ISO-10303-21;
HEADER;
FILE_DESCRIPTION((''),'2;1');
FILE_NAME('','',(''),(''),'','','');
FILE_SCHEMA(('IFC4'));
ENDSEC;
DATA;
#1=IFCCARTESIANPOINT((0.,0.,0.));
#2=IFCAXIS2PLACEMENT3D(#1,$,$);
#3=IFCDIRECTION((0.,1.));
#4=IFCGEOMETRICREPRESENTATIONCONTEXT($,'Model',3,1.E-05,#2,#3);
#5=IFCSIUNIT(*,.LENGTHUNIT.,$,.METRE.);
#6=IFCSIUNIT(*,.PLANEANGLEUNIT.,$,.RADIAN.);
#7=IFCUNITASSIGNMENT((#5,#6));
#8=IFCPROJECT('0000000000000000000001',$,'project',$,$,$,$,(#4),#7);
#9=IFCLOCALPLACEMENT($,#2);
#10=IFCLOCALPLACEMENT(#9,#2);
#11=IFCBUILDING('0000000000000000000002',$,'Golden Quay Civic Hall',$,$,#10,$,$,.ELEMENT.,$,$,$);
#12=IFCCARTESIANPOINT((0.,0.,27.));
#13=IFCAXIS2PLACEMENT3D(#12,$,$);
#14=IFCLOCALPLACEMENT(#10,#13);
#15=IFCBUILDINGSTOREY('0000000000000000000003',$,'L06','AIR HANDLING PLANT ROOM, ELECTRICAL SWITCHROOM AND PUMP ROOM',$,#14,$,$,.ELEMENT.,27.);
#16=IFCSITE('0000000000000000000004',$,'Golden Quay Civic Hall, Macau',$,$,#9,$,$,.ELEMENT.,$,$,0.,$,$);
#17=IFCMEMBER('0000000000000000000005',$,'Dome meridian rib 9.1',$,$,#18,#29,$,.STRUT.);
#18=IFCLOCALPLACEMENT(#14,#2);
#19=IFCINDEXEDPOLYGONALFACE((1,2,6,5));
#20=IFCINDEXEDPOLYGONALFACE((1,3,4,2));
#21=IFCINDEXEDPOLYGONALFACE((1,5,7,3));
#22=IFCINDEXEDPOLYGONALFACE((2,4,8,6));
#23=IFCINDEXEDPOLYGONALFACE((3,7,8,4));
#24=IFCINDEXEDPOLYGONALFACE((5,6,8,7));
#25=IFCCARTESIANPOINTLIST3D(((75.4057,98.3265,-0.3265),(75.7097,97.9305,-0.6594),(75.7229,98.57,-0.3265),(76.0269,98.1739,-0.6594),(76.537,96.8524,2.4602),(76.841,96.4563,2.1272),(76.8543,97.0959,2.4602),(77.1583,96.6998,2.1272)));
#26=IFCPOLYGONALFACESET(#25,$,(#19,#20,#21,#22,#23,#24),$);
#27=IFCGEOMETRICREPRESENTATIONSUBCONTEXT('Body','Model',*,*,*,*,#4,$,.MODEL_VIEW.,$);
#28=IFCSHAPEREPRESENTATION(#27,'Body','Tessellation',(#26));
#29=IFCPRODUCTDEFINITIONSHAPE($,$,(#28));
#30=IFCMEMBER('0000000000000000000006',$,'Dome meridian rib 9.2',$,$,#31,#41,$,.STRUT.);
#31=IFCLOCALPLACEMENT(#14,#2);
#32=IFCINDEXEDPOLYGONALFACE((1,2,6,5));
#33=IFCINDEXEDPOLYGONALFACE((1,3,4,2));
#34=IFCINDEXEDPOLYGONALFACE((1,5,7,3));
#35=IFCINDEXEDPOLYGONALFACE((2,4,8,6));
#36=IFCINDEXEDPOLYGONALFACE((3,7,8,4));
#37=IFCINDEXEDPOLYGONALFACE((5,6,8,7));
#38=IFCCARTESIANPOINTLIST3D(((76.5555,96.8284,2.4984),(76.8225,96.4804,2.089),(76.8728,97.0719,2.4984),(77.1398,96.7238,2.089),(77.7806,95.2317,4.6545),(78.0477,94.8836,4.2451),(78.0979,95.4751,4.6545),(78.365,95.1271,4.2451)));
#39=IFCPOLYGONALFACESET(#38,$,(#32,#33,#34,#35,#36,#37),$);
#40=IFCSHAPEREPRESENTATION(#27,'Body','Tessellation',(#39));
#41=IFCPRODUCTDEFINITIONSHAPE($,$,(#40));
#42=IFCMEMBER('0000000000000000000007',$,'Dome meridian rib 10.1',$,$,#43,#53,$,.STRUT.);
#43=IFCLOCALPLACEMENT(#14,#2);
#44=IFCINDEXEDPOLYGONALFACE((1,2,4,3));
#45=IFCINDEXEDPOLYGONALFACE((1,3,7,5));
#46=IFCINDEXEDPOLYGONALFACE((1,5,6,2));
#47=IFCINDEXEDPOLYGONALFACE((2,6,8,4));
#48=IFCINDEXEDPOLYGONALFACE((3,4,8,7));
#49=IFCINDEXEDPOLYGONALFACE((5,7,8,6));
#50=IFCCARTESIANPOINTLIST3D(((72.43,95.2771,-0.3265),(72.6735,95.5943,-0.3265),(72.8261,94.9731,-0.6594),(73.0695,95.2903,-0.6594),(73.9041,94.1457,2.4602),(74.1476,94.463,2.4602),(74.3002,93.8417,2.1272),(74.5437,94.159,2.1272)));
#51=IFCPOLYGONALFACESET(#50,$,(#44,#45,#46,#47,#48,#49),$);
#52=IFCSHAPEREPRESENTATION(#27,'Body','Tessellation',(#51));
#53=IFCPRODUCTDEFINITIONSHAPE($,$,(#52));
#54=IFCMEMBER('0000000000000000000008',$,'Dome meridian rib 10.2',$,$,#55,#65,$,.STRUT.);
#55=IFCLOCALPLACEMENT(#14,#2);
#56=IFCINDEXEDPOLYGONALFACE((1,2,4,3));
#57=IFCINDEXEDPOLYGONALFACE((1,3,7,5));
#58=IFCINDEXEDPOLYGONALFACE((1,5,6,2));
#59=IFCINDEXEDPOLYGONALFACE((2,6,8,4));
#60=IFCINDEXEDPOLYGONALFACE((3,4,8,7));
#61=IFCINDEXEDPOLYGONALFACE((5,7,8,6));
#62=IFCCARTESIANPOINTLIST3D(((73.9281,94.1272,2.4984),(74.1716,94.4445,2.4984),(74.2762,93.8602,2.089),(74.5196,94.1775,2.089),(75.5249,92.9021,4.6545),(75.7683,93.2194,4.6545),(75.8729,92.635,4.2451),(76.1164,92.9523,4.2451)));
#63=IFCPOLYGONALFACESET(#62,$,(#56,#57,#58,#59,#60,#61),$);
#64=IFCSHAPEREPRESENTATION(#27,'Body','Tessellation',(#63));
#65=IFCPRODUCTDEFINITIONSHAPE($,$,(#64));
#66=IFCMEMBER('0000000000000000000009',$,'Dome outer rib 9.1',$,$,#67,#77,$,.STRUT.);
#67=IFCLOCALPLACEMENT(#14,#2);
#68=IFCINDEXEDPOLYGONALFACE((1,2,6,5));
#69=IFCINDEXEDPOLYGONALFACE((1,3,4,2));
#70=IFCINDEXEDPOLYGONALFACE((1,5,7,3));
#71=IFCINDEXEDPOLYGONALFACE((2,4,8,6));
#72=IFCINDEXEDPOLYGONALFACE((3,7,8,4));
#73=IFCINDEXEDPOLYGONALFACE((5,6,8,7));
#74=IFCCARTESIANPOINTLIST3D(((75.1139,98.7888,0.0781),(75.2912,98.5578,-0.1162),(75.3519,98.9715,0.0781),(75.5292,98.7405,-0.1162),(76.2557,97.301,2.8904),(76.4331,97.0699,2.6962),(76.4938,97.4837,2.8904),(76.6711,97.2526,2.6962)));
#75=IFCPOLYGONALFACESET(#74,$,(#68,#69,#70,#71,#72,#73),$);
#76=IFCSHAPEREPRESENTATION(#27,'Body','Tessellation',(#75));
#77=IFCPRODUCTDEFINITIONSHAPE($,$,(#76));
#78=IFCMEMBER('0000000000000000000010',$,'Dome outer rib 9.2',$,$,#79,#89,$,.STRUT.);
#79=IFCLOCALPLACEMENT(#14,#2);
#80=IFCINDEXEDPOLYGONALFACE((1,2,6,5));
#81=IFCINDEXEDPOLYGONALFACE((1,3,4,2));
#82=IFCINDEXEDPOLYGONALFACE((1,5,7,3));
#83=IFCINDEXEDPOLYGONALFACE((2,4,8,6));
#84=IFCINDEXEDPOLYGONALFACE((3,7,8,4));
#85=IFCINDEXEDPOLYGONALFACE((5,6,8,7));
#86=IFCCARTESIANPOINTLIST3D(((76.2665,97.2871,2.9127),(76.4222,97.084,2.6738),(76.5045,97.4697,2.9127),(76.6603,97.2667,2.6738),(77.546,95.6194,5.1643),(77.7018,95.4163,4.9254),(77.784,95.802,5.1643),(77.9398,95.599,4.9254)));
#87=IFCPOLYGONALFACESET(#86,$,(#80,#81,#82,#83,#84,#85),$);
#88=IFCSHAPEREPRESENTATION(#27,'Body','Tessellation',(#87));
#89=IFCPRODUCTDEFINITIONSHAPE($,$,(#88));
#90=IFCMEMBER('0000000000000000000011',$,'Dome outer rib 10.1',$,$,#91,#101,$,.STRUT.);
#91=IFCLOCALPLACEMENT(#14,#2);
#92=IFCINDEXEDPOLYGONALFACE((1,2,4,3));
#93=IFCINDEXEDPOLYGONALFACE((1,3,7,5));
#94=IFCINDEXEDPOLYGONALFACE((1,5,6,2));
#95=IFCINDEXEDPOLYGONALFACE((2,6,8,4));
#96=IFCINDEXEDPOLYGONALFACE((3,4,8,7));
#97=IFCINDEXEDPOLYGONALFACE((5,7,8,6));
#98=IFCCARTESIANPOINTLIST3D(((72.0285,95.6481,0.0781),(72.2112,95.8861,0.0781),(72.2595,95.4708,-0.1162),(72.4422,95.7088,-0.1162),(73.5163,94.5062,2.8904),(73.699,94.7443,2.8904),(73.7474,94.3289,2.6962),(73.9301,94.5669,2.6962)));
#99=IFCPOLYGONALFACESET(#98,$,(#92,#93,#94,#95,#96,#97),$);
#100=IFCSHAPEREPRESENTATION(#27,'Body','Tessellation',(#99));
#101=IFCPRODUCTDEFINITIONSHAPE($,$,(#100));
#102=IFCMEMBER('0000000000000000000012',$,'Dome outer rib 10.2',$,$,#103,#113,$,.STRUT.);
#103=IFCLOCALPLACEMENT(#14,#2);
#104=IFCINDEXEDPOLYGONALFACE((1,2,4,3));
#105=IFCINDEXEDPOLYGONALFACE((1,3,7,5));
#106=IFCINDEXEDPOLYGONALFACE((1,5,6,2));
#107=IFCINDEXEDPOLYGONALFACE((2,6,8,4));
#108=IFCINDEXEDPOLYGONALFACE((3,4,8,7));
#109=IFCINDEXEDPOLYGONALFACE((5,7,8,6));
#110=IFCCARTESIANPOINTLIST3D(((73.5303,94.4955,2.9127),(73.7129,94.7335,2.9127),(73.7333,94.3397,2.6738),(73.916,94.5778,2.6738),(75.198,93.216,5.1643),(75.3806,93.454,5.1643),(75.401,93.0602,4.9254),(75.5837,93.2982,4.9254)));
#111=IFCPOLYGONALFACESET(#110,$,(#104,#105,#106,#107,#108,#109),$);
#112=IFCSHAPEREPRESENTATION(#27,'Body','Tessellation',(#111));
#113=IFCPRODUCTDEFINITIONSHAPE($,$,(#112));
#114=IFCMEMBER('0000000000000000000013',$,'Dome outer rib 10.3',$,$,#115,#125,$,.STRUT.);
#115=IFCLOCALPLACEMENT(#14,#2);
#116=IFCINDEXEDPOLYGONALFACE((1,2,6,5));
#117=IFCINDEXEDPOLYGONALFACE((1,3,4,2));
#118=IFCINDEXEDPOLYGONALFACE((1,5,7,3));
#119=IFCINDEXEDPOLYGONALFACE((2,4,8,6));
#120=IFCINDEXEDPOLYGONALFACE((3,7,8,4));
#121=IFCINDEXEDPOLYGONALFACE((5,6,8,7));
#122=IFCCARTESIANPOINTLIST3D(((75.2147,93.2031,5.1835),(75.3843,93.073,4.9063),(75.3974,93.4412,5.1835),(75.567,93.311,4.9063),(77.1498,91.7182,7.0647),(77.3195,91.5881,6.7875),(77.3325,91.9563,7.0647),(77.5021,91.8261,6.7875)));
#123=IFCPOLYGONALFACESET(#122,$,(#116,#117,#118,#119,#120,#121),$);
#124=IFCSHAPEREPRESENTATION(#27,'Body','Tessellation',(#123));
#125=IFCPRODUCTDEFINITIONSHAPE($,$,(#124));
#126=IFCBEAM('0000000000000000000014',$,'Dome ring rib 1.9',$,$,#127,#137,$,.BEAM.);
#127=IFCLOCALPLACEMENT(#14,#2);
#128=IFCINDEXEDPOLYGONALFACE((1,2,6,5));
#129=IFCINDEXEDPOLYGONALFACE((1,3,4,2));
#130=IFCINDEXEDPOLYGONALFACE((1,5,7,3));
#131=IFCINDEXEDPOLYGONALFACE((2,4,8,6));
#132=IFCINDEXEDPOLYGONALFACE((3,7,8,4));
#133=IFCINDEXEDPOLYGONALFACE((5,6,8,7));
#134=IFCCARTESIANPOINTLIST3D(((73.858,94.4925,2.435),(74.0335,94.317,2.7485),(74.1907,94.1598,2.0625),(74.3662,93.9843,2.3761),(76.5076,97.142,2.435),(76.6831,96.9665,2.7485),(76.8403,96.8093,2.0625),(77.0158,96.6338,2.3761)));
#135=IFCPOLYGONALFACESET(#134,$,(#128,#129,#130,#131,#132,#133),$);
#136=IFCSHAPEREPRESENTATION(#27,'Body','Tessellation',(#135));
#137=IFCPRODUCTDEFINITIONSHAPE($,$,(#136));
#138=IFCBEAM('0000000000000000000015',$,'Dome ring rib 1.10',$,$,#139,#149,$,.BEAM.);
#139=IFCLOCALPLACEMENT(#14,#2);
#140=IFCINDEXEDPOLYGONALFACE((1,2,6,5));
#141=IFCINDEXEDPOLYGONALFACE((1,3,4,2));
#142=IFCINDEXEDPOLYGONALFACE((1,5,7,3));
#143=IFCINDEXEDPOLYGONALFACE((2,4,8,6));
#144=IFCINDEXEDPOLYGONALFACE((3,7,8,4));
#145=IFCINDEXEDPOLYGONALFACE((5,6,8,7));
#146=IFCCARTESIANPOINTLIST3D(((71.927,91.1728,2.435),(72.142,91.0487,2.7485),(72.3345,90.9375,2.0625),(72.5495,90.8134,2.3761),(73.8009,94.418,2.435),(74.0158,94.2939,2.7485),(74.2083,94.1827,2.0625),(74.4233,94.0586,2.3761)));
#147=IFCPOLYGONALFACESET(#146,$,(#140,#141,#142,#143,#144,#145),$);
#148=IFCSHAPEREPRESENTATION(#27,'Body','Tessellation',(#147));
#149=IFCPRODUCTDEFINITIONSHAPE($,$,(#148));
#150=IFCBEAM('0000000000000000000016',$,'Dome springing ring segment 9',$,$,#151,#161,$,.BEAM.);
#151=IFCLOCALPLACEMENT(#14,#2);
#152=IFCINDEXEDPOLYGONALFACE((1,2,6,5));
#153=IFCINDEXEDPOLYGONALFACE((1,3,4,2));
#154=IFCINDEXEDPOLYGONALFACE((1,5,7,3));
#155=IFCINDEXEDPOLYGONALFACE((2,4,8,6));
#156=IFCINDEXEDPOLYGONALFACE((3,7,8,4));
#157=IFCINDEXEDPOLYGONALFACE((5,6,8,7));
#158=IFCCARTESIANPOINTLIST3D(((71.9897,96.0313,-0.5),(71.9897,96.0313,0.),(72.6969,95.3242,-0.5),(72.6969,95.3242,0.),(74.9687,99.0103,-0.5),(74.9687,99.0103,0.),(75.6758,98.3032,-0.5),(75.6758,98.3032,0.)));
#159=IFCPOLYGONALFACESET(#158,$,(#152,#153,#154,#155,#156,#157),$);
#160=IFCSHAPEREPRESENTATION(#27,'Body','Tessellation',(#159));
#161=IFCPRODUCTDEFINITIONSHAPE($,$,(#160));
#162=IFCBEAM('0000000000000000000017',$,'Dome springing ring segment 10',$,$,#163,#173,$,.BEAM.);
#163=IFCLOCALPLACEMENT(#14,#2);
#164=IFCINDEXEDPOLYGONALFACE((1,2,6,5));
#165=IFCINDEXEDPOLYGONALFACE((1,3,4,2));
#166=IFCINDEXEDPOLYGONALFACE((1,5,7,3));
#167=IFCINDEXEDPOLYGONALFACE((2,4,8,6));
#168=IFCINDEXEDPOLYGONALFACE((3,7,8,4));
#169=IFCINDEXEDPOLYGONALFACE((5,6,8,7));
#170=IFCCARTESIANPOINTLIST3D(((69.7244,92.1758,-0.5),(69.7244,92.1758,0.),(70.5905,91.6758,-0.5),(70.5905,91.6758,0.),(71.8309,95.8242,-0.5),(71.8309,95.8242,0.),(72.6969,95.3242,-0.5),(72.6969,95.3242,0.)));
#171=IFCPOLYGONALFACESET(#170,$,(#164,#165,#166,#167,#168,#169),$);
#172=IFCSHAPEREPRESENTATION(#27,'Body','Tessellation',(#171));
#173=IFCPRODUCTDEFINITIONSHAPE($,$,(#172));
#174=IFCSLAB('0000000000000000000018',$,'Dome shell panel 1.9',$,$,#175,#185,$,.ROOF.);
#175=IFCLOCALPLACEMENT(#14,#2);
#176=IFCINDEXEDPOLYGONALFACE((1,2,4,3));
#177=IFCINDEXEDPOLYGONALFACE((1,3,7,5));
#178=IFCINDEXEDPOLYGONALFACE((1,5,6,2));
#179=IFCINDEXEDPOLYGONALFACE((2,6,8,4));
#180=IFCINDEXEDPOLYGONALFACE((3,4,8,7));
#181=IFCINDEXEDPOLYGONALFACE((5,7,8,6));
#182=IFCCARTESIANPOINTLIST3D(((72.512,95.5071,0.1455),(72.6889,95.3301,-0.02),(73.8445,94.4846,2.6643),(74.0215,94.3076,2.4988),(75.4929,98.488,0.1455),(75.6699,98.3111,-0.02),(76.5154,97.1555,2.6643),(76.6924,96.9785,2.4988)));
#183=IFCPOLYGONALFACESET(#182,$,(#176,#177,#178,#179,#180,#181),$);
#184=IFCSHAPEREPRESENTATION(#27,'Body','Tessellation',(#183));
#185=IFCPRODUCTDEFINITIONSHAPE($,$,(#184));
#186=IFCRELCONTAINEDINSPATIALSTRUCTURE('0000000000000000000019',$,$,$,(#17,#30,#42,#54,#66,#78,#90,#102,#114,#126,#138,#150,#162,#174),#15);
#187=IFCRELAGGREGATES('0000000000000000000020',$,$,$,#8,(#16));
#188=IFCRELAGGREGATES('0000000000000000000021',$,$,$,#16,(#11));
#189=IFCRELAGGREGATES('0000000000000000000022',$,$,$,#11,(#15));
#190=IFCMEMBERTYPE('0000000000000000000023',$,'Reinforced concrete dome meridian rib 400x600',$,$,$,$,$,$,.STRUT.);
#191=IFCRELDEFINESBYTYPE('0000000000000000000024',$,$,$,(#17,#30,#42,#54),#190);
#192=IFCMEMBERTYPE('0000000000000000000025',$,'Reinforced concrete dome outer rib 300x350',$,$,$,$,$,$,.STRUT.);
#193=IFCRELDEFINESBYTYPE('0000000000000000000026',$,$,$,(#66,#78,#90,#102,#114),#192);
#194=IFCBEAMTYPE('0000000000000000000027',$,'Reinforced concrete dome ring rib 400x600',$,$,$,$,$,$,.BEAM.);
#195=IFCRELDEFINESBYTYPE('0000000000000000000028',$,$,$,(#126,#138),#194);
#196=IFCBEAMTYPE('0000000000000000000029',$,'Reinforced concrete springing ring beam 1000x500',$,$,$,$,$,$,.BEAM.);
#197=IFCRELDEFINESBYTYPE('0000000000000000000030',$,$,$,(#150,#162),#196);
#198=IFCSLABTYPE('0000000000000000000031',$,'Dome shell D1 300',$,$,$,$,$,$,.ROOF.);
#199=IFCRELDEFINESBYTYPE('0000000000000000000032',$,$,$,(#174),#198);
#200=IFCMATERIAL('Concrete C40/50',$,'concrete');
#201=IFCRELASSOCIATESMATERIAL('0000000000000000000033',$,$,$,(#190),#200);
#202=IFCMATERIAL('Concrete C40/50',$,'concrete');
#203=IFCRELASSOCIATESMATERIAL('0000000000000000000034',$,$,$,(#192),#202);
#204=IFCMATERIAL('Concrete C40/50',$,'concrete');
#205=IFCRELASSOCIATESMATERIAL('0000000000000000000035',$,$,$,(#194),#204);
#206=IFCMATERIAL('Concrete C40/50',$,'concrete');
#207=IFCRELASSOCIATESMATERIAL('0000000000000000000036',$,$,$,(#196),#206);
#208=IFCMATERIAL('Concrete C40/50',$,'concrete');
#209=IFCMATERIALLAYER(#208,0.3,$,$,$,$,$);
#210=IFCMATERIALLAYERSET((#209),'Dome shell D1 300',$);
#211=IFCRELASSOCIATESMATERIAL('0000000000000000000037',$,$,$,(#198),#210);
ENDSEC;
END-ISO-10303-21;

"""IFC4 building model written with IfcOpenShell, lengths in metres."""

from ifc_helpers import new_model, si_unit, direction, frame, origin, origin_2d, place, context, subcontext, project, spatial, polyline, rectangle, outline, extrude, material, layer, layer_set, material_profile, profile_set, type_object, element, save


model = new_model("IFC4")

# Units and contexts
model_context = context("Model", 3, precision=1e-05, world=origin(), true_north=direction((0.0, 1.0)))
body_context = subcontext(model_context, "Body", "Model", "MODEL_VIEW")
ifc_project = project(units=[si_unit("LENGTHUNIT", "METRE"), si_unit("PLANEANGLEUNIT", "RADIAN")], contexts=[model_context])

# Site, building, storey
site_placement = place(None, origin())
site = spatial("IfcSite", under=ifc_project, at=site_placement, Name="Golden Quay Civic Hall, Macau", CompositionType="ELEMENT", RefElevation=0.0)
building_placement = place(site_placement, origin())
building = spatial("IfcBuilding", under=site, at=building_placement, Name="Golden Quay Civic Hall", CompositionType="ELEMENT")
storey_placement = place(building_placement, frame((0.0, 0.0, 27.0)))
storey = spatial("IfcBuildingStorey", under=building, at=storey_placement, Name="L06", Description="AIR HANDLING PLANT ROOM, ELECTRICAL SWITCHROOM AND PUMP ROOM", CompositionType="ELEMENT", Elevation=27.0)

# Members
ifc_material_1 = material(Name="Concrete C40/50", Category="concrete")
ifc_material_profile_1 = material_profile(ifc_material_1, rectangle(XDim=0.3999, YDim=0.6001, at=origin_2d()), Name="RC 400x600")
ifc_profile_set_1 = profile_set([ifc_material_profile_1], Name="Concrete C40/50")
member_type_1 = type_object("IfcMemberType", Name="Reinforced concrete dome meridian rib 400x600", PredefinedType="STRUT", material=ifc_profile_set_1)
member_1_placement = place(storey_placement, frame((75.7163, 98.2502, -0.4929), z_axis=(0.33778, -0.44012, 0.831985), x_axis=(0.793298, 0.608834, 0.0)))
element("IfcMember", 1, at=member_1_placement, inside=storey, type_object=member_type_1, Name="Dome meridian rib 9.1", PredefinedType="STRUT", context=body_context, shape_type="SweptSolid", body=[
    extrude(rectangle(XDim=0.3999, YDim=0.6001, at=origin_2d()), origin(), (0.0, 0.0, 1.0), 3.3494),
])
member_2_placement = place(storey_placement, frame((76.8477, 96.7761, 2.2937), z_axis=(0.41538, -0.541368, 0.731013), x_axis=(0.793372, 0.608737, 0.0)))
element("IfcMember", 2, at=member_2_placement, inside=storey, type_object=member_type_1, Name="Dome meridian rib 9.2", PredefinedType="STRUT", context=body_context, shape_type="SweptSolid", body=[
    extrude(rectangle(XDim=0.3999, YDim=0.6001, at=origin_2d()), origin(), (0.0, 0.0, 1.0), 2.9495),
])
member_3_placement = place(storey_placement, frame((72.7498, 95.2837, -0.4929), z_axis=(0.44012, -0.33778, 0.831985), x_axis=(0.608834, 0.793298, 0.0)))
element("IfcMember", 3, at=member_3_placement, inside=storey, type_object=member_type_1, Name="Dome meridian rib 10.1", PredefinedType="STRUT", context=body_context, shape_type="SweptSolid", body=[
    extrude(rectangle(XDim=0.3999, YDim=0.6001, at=origin_2d()), origin(), (0.0, 0.0, 1.0), 3.3494),
])
member_4_placement = place(storey_placement, frame((74.2239, 94.1523, 2.2937), z_axis=(0.541368, -0.41538, 0.731013), x_axis=(0.608737, 0.793372, 0.0)))
element("IfcMember", 4, at=member_4_placement, inside=storey, type_object=member_type_1, Name="Dome meridian rib 10.2", PredefinedType="STRUT", context=body_context, shape_type="SweptSolid", body=[
    extrude(rectangle(XDim=0.3999, YDim=0.6001, at=origin_2d()), origin(), (0.0, 0.0, 1.0), 2.9495),
])
ifc_material_2 = material(Name="Concrete C40/50", Category="concrete")
ifc_material_profile_2 = material_profile(ifc_material_2, rectangle(XDim=0.3, YDim=0.3501, at=origin_2d()), Name="RC 300x350")
ifc_profile_set_2 = profile_set([ifc_material_profile_2], Name="Concrete C40/50")
member_type_2 = type_object("IfcMemberType", Name="Reinforced concrete dome outer rib 300x350", PredefinedType="STRUT", material=ifc_profile_set_2)
member_5_placement = place(storey_placement, frame((75.3215, 98.7646, -0.019), z_axis=(0.337799, -0.440142, 0.831966), x_axis=(0.793296, 0.608836, 0.0)))
element("IfcMember", 5, at=member_5_placement, inside=storey, type_object=member_type_2, Name="Dome outer rib 9.1", PredefinedType="STRUT", context=body_context, shape_type="SweptSolid", body=[
    extrude(rectangle(XDim=0.3, YDim=0.3501, at=origin_2d()), origin(), (0.0, 0.0, 1.0), 3.3804),
])
member_6_placement = place(storey_placement, frame((76.4634, 97.2769, 2.7932), z_axis=(0.415385, -0.541403, 0.730985), x_axis=(0.793388, 0.608717, 0.0)))
element("IfcMember", 6, at=member_6_placement, inside=storey, type_object=member_type_2, Name="Dome outer rib 9.2", PredefinedType="STRUT", context=body_context, shape_type="SweptSolid", body=[
    extrude(rectangle(XDim=0.3, YDim=0.3501, at=origin_2d()), origin(), (0.0, 0.0, 1.0), 3.0803),
])
member_7_placement = place(storey_placement, frame((72.2354, 95.6785, -0.019), z_axis=(0.440142, -0.337799, 0.831966), x_axis=(0.608836, 0.793296, 0.0)))
element("IfcMember", 7, at=member_7_placement, inside=storey, type_object=member_type_2, Name="Dome outer rib 10.1", PredefinedType="STRUT", context=body_context, shape_type="SweptSolid", body=[
    extrude(rectangle(XDim=0.3, YDim=0.3501, at=origin_2d()), origin(), (0.0, 0.0, 1.0), 3.3804),
])
for number, where, z_axis, x_axis, name in (
    (8, (73.7231, 94.5366, 2.7932), (0.541403, -0.415385, 0.730985), (0.608717, 0.793388, 0.0), "Dome outer rib 10.2"),
    (9, (75.3909, 93.2571, 5.0449), (0.628219, -0.482062, 0.610702), (0.608772, 0.793345, 0.0), "Dome outer rib 10.3"),
):
    element("IfcMember", number, at=place(storey_placement, frame(where, z_axis=z_axis, x_axis=x_axis)), inside=storey, type_object=member_type_2, Name=name, PredefinedType="STRUT", context=body_context, shape_type="SweptSolid", body=[
        extrude(rectangle(XDim=0.3, YDim=0.3501, at=origin_2d()), origin(), (0.0, 0.0, 1.0), 3.0803),
    ])

# Beams
ifc_material_3 = material(Name="Concrete C40/50", Category="concrete")
ifc_material_profile_3 = material_profile(ifc_material_3, rectangle(XDim=0.3999, YDim=0.6001, at=origin_2d()), Name="RC 400x600")
ifc_profile_set_3 = profile_set([ifc_material_profile_3], Name="Concrete C40/50")
beam_type_1 = type_object("IfcBeamType", Name="Reinforced concrete dome ring rib 400x600", PredefinedType="BEAM", material=ifc_profile_set_3)
beam_1_placement = place(storey_placement, frame((76.7617, 96.8879, 2.4055), z_axis=(-0.707107, -0.707107, 0.0), x_axis=(0.438873, -0.438873, 0.784079)))
element("IfcBeam", 10, at=beam_1_placement, inside=storey, type_object=beam_type_1, Name="Dome ring rib 1.9", PredefinedType="BEAM", context=body_context, shape_type="SweptSolid", body=[
    extrude(rectangle(XDim=0.3999, YDim=0.6001, at=origin_2d()), origin(), (0.0, 0.0, 1.0), 3.7471),
])
beam_2_placement = place(storey_placement, frame((74.1121, 94.2383, 2.4055), z_axis=(-0.500042, -0.866001, 0.0), x_axis=(0.537493, -0.310356, 0.784079)))
element("IfcBeam", 11, at=beam_2_placement, inside=storey, type_object=beam_type_1, Name="Dome ring rib 1.10", PredefinedType="BEAM", context=body_context, shape_type="SweptSolid", body=[
    extrude(rectangle(XDim=0.3999, YDim=0.6001, at=origin_2d()), origin(), (0.0, 0.0, 1.0), 3.7473),
])
ifc_material_4 = material(Name="Concrete C40/50", Category="concrete")
ifc_material_profile_4 = material_profile(ifc_material_4, rectangle(XDim=1.0, YDim=0.5, at=origin_2d()), Name="RC 1000x500")
ifc_profile_set_4 = profile_set([ifc_material_profile_4], Name="Concrete C40/50")
beam_type_2 = type_object("IfcBeamType", Name="Reinforced concrete springing ring beam 1000x500", PredefinedType="BEAM", material=ifc_profile_set_4)
for number, where, z_axis, x_axis, name in (
    (12, (75.3223, 98.6567, -0.25), (-0.707107, -0.707107, 0.0), (0.707107, -0.707107, 0.0), "Dome springing ring segment 9"),
    (13, (72.2639, 95.5742, -0.25), (-0.500003, -0.866023, 0.0), (0.866023, -0.500003, 0.0), "Dome springing ring segment 10"),
):
    element("IfcBeam", number, at=place(storey_placement, frame(where, z_axis=z_axis, x_axis=x_axis)), inside=storey, type_object=beam_type_2, Name=name, PredefinedType="BEAM", context=body_context, shape_type="SweptSolid", body=[
        extrude(rectangle(XDim=1.0, YDim=0.5, at=origin_2d()), origin(), (0.0, 0.0, 1.0), 4.2129),
    ])

# Slab
ifc_material_5 = material(Name="Concrete C40/50", Category="concrete")
ifc_layer_1 = layer(ifc_material_5, 0.3)
ifc_layer_set_1 = layer_set([ifc_layer_1], Name="Dome shell D1 300")
slab_type = type_object("IfcSlabType", Name="Dome shell D1 300", PredefinedType="ROOF", material=ifc_layer_set_1)
slab_1_placement = place(storey_placement, frame((75.4929, 98.488, 0.1455), z_axis=(-0.589855, 0.589855, 0.551492), x_axis=(-0.707107, -0.707107, 0.0)))
element("IfcSlab", 14, at=slab_1_placement, inside=storey, type_object=slab_type, Name="Dome shell panel 1.9", PredefinedType="ROOF", context=body_context, shape_type="SweptSolid", body=[
    extrude(outline(polyline([(0.0, 0.0), (4.2157, 0.0), (3.9965, 3.0195), (0.2192, 3.0195), (0.0, 0.0)])), origin(), (0.0, 0.0, -1.0), 0.3),
])

save(model, "model.ifc")
